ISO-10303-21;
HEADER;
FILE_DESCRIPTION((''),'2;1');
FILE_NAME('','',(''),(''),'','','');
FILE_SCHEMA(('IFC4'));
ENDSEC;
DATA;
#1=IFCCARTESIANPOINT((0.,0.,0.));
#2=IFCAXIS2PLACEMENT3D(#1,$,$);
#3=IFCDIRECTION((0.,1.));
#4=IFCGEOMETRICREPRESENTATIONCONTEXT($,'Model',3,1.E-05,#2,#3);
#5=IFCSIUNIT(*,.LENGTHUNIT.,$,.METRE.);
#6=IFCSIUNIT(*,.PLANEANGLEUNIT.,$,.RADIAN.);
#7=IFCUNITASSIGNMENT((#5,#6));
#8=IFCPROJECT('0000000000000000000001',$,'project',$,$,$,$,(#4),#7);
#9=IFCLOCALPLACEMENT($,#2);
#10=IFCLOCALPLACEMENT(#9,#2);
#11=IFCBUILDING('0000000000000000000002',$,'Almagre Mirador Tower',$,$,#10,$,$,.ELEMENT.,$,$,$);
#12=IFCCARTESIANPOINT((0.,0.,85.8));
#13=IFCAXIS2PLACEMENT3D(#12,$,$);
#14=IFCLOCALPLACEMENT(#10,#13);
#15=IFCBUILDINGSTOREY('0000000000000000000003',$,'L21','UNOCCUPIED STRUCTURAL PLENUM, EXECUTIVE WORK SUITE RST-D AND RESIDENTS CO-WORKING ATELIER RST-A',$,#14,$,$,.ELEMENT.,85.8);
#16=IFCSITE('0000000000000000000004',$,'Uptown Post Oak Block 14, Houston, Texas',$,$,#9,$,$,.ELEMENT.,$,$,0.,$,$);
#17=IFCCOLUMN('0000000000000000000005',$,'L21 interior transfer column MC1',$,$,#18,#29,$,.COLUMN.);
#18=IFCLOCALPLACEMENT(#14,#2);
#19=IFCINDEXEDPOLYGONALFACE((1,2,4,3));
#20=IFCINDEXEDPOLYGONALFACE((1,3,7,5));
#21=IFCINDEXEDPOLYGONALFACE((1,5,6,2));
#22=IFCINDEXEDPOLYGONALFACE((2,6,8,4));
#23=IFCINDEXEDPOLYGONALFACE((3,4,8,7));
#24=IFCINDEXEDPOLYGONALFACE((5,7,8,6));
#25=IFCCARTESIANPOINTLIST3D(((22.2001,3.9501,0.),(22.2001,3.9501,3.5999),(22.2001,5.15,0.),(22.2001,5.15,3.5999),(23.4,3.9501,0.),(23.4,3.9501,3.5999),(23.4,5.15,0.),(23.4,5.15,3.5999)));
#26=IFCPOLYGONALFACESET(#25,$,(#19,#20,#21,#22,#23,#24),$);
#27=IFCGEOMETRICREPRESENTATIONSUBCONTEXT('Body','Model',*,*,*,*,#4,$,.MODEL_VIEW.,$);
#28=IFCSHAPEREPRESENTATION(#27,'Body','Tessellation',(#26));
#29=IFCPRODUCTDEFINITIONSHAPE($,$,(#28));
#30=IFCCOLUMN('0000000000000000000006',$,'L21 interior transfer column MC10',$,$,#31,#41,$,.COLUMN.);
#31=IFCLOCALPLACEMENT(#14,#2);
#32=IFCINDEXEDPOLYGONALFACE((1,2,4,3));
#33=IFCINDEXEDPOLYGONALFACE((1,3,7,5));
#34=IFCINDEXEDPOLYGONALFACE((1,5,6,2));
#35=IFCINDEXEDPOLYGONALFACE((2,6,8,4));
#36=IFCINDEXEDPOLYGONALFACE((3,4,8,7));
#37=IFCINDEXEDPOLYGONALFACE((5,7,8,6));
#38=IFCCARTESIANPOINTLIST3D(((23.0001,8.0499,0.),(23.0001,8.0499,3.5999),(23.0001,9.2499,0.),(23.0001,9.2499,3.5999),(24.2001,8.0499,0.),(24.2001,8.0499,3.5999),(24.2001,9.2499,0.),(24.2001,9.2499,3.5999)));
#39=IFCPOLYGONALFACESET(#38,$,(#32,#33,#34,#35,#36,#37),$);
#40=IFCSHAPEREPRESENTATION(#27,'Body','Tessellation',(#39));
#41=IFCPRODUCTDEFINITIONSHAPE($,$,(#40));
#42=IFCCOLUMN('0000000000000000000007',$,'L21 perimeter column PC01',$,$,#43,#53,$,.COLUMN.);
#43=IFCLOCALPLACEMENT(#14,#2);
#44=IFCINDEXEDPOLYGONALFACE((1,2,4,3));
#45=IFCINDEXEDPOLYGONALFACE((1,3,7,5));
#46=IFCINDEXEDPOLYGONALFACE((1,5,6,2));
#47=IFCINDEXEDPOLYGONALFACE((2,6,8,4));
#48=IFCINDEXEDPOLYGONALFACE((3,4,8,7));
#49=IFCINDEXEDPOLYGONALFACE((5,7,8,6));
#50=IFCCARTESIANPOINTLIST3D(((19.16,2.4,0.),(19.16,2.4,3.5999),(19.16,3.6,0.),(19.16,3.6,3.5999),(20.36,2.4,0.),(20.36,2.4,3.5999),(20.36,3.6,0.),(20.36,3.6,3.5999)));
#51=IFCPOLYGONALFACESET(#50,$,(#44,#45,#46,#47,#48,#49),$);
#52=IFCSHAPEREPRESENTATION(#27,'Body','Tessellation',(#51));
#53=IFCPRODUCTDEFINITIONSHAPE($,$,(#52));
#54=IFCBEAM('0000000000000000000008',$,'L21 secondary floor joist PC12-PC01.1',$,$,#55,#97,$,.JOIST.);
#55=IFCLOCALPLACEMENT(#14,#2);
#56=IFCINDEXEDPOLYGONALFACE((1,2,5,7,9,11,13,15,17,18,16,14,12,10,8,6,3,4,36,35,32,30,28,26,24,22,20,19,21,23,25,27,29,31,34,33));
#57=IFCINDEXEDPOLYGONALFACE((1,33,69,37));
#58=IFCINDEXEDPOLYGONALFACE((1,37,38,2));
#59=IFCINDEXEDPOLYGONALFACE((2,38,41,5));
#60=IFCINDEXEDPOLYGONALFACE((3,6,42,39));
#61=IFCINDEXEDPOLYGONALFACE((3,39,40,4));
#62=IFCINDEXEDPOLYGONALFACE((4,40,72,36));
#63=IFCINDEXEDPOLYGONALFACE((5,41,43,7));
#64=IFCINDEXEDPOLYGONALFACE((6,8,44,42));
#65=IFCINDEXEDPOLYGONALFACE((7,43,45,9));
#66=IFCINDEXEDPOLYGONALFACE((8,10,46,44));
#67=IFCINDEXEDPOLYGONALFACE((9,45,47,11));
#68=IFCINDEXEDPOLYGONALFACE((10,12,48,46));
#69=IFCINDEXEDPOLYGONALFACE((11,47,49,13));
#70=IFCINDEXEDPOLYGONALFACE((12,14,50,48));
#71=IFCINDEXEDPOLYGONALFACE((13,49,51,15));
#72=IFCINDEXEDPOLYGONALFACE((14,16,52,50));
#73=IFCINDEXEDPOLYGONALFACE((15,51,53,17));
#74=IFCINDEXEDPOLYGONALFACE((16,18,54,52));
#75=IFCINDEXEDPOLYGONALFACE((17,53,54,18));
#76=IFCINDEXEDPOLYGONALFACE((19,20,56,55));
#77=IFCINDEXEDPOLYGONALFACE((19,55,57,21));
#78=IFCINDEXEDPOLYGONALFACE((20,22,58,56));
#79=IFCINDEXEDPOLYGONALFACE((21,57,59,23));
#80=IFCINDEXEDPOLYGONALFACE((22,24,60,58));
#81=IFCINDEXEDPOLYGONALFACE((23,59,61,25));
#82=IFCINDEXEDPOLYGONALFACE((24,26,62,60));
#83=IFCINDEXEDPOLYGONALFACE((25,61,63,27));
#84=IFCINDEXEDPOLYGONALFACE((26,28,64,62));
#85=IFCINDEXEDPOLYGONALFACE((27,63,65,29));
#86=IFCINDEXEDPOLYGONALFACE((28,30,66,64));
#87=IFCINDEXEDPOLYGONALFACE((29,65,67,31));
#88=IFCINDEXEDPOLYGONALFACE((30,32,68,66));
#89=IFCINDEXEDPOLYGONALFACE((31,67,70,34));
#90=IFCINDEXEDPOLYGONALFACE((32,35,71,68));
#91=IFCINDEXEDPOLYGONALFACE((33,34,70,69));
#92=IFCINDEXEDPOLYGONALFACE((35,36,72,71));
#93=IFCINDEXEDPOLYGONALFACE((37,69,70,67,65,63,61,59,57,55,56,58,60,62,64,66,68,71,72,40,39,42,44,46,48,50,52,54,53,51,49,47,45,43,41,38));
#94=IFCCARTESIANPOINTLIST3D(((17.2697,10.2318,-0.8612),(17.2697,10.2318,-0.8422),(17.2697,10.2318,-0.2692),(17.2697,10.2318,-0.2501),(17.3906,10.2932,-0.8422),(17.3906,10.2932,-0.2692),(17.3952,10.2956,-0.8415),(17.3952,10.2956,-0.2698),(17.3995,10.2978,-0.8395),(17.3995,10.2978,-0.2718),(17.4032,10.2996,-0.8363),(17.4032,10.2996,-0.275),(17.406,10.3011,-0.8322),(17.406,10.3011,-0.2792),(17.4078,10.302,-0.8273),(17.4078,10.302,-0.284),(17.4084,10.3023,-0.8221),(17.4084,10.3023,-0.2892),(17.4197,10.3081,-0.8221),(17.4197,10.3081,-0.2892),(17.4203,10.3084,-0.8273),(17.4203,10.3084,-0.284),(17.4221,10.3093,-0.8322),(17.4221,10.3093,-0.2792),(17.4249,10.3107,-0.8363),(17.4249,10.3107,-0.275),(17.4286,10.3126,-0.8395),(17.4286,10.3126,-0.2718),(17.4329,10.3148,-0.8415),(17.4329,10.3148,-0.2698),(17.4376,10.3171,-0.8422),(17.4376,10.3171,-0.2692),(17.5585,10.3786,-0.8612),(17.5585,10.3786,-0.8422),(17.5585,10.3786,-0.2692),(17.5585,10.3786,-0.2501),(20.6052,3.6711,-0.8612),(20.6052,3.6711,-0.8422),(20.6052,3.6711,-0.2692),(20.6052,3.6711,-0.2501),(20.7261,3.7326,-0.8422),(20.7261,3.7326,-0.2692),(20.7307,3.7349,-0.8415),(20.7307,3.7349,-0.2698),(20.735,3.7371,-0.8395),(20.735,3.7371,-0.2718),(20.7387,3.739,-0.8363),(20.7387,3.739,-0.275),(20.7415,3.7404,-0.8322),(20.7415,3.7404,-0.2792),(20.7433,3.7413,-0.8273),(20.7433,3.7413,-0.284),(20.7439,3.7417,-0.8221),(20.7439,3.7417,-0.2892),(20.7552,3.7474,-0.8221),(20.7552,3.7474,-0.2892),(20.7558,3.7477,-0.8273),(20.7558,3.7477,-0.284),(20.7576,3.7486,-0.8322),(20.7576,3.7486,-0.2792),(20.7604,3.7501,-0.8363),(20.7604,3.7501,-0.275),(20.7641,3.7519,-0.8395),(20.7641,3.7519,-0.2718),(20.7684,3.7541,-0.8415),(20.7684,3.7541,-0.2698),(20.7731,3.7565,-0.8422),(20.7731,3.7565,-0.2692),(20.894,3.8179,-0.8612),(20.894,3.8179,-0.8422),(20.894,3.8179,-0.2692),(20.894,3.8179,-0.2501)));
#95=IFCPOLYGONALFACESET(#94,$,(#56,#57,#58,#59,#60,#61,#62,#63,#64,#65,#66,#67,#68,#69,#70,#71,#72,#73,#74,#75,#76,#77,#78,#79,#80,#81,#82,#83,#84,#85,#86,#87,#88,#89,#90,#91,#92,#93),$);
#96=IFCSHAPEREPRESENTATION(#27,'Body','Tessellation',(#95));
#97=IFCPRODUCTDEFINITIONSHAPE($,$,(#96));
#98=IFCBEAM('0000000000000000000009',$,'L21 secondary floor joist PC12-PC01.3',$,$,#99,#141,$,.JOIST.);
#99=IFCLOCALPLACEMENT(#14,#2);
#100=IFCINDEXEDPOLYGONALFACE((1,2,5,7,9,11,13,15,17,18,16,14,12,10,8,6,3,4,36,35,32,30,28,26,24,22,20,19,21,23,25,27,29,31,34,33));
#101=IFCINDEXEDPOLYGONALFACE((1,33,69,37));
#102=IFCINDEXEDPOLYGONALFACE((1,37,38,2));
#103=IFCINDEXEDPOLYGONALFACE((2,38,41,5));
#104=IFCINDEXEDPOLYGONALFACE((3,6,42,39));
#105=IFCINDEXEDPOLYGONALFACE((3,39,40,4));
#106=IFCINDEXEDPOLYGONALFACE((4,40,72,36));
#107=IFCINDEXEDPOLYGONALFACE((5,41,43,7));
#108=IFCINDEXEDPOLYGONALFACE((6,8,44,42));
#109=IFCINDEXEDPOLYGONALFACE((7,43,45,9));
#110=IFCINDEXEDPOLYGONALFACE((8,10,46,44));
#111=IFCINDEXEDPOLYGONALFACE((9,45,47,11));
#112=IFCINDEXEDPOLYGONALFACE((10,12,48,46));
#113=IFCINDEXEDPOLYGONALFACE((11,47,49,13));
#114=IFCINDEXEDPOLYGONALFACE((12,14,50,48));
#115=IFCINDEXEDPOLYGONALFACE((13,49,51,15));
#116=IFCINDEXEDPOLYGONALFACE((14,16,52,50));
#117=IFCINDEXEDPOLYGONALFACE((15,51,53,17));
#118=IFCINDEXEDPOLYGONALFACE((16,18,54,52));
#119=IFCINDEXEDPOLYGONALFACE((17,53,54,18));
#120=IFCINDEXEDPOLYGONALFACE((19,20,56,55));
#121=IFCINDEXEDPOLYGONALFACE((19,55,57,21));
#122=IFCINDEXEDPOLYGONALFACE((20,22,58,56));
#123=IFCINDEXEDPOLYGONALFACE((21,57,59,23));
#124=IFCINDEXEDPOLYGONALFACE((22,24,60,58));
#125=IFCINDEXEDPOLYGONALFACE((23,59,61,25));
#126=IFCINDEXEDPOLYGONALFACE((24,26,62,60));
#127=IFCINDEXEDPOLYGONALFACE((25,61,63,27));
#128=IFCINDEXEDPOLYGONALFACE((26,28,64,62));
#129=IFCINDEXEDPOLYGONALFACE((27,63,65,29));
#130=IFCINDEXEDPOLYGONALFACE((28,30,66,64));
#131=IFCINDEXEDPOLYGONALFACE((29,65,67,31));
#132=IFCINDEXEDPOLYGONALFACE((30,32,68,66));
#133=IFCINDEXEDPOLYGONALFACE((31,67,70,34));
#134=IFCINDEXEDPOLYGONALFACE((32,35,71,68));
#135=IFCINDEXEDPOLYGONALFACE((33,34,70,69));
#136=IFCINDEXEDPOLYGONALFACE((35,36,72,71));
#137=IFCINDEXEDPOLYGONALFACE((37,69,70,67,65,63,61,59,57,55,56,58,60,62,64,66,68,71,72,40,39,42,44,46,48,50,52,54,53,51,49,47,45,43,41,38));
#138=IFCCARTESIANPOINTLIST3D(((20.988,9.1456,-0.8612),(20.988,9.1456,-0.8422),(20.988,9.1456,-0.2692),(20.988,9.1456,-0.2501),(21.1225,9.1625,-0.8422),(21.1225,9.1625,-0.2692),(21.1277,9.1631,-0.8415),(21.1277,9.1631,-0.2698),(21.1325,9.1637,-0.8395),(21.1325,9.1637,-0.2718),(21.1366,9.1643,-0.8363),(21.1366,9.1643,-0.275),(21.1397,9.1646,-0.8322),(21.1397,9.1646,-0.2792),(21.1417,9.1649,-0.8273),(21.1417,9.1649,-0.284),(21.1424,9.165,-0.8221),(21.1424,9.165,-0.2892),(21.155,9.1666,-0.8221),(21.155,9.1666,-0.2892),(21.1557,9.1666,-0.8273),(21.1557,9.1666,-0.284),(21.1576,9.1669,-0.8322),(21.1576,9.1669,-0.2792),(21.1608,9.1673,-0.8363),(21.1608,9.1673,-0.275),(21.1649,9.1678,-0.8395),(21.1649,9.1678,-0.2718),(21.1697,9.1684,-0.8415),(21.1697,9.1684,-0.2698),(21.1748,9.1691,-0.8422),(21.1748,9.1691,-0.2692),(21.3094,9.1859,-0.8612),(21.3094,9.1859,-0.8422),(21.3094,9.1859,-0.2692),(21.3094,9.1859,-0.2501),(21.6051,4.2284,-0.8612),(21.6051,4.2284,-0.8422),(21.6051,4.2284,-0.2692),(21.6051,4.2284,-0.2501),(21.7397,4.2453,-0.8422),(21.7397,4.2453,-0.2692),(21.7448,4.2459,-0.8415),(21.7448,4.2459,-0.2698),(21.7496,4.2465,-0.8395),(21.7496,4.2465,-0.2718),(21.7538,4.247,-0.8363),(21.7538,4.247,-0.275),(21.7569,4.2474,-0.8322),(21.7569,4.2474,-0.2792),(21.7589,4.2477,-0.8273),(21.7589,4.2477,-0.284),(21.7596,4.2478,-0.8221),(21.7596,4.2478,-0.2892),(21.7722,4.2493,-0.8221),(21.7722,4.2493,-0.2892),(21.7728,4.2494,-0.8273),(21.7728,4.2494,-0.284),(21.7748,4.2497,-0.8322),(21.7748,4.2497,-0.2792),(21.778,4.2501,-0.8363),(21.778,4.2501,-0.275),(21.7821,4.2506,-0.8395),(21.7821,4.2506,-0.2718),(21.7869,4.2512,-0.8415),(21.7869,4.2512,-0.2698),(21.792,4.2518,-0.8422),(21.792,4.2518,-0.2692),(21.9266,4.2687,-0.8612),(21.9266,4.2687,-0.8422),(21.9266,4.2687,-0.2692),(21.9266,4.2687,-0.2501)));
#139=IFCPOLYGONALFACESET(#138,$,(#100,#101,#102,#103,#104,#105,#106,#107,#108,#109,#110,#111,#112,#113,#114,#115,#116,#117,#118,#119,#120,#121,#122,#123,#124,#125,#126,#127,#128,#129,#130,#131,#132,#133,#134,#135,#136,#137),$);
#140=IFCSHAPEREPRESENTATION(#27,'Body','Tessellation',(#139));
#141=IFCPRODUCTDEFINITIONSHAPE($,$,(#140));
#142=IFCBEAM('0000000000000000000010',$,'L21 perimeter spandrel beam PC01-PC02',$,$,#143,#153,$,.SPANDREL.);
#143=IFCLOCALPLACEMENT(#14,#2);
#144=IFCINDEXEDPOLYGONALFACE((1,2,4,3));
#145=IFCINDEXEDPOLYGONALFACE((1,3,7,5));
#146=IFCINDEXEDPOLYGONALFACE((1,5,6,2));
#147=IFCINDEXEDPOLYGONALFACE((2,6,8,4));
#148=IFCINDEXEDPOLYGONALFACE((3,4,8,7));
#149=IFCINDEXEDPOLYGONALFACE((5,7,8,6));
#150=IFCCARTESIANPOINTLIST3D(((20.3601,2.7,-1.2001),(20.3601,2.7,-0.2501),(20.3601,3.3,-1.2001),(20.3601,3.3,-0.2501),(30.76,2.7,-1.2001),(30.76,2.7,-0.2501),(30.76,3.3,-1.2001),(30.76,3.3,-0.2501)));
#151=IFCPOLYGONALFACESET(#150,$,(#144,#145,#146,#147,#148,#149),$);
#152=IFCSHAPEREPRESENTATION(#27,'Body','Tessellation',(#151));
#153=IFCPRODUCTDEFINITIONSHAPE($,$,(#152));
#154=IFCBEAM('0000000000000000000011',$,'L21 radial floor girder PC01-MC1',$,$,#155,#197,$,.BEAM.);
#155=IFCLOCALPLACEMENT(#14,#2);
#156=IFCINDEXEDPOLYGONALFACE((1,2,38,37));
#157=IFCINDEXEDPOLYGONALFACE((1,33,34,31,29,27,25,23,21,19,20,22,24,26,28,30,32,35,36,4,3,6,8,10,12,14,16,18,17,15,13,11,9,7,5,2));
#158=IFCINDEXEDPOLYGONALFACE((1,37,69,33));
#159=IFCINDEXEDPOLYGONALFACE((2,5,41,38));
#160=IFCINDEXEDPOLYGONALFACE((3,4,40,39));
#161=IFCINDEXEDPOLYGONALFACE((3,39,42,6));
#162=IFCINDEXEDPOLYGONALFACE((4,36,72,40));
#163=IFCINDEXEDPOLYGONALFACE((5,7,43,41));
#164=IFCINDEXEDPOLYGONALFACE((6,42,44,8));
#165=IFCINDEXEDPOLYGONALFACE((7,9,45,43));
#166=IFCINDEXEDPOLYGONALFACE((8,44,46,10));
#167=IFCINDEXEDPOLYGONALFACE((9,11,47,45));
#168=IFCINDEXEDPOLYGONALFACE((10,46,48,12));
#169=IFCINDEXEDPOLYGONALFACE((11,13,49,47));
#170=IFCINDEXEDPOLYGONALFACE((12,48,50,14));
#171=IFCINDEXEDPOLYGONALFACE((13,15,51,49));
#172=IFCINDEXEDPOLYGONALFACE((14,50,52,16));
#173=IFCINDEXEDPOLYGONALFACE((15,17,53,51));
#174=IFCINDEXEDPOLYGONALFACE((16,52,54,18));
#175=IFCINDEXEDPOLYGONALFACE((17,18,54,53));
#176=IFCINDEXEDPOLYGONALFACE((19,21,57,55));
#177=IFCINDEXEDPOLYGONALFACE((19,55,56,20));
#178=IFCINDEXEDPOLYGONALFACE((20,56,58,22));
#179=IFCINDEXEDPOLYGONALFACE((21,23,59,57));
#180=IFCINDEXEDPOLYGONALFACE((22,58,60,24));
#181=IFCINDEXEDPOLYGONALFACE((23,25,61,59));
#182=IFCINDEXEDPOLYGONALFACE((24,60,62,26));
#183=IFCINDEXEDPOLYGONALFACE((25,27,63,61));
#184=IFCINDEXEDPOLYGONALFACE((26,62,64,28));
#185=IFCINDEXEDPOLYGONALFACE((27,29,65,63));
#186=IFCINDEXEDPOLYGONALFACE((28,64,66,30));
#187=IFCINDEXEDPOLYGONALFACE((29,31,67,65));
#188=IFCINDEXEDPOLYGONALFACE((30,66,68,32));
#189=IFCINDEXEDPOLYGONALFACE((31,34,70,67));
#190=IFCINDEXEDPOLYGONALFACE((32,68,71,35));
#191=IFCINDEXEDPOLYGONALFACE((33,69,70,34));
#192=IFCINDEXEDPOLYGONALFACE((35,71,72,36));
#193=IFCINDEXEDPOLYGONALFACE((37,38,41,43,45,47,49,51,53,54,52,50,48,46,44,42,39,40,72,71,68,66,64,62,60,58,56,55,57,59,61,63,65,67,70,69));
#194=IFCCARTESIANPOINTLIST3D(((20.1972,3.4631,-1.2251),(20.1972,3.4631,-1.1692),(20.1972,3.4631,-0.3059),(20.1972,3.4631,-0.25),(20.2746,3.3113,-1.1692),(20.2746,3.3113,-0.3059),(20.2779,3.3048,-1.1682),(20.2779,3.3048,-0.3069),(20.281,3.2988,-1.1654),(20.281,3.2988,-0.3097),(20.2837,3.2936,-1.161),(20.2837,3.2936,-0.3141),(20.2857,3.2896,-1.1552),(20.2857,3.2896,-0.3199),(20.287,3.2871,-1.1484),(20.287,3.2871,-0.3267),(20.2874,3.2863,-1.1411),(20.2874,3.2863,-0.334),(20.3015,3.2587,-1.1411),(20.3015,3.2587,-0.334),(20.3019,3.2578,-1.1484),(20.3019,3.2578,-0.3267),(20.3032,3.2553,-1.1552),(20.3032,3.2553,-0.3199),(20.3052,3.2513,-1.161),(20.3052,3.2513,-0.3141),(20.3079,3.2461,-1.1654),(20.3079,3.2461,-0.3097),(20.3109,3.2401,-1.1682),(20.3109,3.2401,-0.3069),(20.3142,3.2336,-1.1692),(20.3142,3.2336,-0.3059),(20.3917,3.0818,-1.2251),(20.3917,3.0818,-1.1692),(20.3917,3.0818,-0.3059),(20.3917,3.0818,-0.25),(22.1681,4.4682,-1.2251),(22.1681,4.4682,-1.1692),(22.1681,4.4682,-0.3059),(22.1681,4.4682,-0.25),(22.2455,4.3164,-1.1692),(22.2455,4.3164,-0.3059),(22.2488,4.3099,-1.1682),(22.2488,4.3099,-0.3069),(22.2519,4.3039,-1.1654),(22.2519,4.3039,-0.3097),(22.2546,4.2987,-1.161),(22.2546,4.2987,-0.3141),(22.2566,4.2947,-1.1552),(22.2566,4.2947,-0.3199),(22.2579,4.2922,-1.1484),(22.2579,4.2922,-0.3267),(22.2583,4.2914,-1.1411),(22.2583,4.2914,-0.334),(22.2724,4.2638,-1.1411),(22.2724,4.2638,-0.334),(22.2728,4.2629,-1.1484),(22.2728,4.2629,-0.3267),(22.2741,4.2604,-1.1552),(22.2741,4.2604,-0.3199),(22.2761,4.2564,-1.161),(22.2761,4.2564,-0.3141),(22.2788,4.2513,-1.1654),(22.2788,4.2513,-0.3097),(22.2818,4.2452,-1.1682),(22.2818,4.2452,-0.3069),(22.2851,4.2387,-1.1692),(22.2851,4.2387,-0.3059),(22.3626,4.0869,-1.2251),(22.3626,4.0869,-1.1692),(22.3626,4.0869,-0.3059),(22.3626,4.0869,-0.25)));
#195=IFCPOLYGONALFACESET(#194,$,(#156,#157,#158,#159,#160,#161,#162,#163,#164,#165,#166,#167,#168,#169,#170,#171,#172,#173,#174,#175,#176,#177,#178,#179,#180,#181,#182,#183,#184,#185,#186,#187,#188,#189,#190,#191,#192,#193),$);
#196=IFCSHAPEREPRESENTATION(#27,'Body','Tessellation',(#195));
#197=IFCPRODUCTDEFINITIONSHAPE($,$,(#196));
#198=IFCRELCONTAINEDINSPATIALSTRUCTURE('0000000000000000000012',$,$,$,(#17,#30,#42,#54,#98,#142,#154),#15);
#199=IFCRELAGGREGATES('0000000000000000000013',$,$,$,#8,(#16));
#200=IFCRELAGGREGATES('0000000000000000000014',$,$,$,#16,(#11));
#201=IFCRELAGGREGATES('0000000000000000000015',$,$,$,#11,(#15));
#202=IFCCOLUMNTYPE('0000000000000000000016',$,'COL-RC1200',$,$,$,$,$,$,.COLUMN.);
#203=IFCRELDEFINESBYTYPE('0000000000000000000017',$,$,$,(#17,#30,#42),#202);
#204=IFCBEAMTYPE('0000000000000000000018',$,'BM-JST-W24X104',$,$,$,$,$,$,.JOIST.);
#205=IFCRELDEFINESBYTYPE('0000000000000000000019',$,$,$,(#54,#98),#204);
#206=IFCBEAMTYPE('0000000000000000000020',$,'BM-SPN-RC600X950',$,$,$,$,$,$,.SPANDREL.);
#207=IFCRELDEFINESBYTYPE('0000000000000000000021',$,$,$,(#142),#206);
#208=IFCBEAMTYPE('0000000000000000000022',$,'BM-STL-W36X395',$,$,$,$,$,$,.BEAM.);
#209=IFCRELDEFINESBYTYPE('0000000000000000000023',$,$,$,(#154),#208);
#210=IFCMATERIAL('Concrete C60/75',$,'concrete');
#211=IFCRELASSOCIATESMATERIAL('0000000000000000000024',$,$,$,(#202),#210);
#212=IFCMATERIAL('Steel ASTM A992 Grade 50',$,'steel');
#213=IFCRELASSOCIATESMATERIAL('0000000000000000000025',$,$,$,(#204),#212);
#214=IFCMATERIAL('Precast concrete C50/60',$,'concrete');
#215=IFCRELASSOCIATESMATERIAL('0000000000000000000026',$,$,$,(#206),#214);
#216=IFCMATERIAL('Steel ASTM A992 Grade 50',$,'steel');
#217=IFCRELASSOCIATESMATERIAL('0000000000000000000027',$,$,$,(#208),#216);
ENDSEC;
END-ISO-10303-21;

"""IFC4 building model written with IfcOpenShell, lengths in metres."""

from ifc_helpers import new_model, si_unit, direction, frame, origin, origin_2d, place, context, subcontext, project, spatial, rectangle, i_section, extrude, material, material_profile, profile_set, type_object, element, save


model = new_model("IFC4")

# Units and contexts
model_context = context("Model", 3, precision=1e-05, world=origin(), true_north=direction((0.0, 1.0)))
body_context = subcontext(model_context, "Body", "Model", "MODEL_VIEW")
ifc_project = project(units=[si_unit("LENGTHUNIT", "METRE"), si_unit("PLANEANGLEUNIT", "RADIAN")], contexts=[model_context])

# Site, building, storey
site_placement = place(None, origin())
site = spatial("IfcSite", under=ifc_project, at=site_placement, Name="Uptown Post Oak Block 14, Houston, Texas", CompositionType="ELEMENT", RefElevation=0.0)
building_placement = place(site_placement, origin())
building = spatial("IfcBuilding", under=site, at=building_placement, Name="Almagre Mirador Tower", CompositionType="ELEMENT")
storey_placement = place(building_placement, frame((0.0, 0.0, 85.8)))
storey = spatial("IfcBuildingStorey", under=building, at=storey_placement, Name="L21", Description="UNOCCUPIED STRUCTURAL PLENUM, EXECUTIVE WORK SUITE RST-D AND RESIDENTS CO-WORKING ATELIER RST-A", CompositionType="ELEMENT", Elevation=85.8)

# Columns
ifc_material_1 = material(Name="Concrete C60/75", Category="concrete")
ifc_material_profile_1 = material_profile(ifc_material_1, rectangle(XDim=1.2, YDim=1.2, at=origin_2d()), Name="RC1200X1200")
ifc_profile_set_1 = profile_set([ifc_material_profile_1], Name="Concrete C60/75")
column_type = type_object("IfcColumnType", Name="COL-RC1200", PredefinedType="COLUMN", material=ifc_profile_set_1)
for number, where, z_axis, x_axis, name in (
    (1, (22.8, 4.55, 0.0), (0.0, 0.0, 1.0), (1.0, 0.0, 0.0), "L21 interior transfer column MC1"),
    (2, (23.6001, 8.6499, 0.0), (0.0, 0.0, 1.0), (1.0, 0.0, 0.0), "L21 interior transfer column MC10"),
    (3, (19.76, 3.0, 0.0), (0.0, 0.0, 1.0), (1.0, 0.0, 0.0), "L21 perimeter column PC01"),
):
    element("IfcColumn", number, at=place(storey_placement, frame(where, z_axis=z_axis, x_axis=x_axis)), inside=storey, type_object=column_type, Name=name, PredefinedType="COLUMN", context=body_context, shape_type="SweptSolid", body=[
        extrude(rectangle(XDim=1.2, YDim=1.2, at=origin_2d()), origin(), (0.0, 0.0, 1.0), 3.5999),
    ])

# Beams
ifc_material_2 = material(Name="Steel ASTM A992 Grade 50", Category="steel")
ifc_material_profile_2 = material_profile(ifc_material_2, i_section(OverallWidth=0.324, OverallDepth=0.6111, WebThickness=0.0127, FlangeThickness=0.019, FilletRadius=0.02, at=origin_2d()), Name="W24X104")
ifc_profile_set_2 = profile_set([ifc_material_profile_2], Name="Steel ASTM A992 Grade 50")
beam_type_1 = type_object("IfcBeamType", Name="BM-JST-W24X104", PredefinedType="JOIST", material=ifc_profile_set_2)
beam_1_placement = place(storey_placement, frame((17.4141, 10.3052, -0.5557), z_axis=(0.453201, -0.891408, 0.0), x_axis=(0.891408, 0.453201, 0.0)))
element("IfcBeam", 4, at=beam_1_placement, inside=storey, type_object=beam_type_1, Name="L21 secondary floor joist PC12-PC01.1", PredefinedType="JOIST", context=body_context, shape_type="SweptSolid", body=[
    extrude(i_section(OverallWidth=0.324, OverallDepth=0.6111, WebThickness=0.0127, FlangeThickness=0.019, FilletRadius=0.02, at=origin_2d()), origin(), (0.0, 0.0, 1.0), 7.3599),
])
beam_2_placement = place(storey_placement, frame((21.1487, 9.1658, -0.5557), z_axis=(0.124538, -0.992215, 0.0), x_axis=(0.992215, 0.124538, 0.0)))
element("IfcBeam", 5, at=beam_2_placement, inside=storey, type_object=beam_type_1, Name="L21 secondary floor joist PC12-PC01.3", PredefinedType="JOIST", context=body_context, shape_type="SweptSolid", body=[
    extrude(i_section(OverallWidth=0.324, OverallDepth=0.6111, WebThickness=0.0127, FlangeThickness=0.019, FilletRadius=0.02, at=origin_2d()), origin(), (0.0, 0.0, 1.0), 4.9558),
])
ifc_material_3 = material(Name="Precast concrete C50/60", Category="concrete")
ifc_material_profile_3 = material_profile(ifc_material_3, rectangle(XDim=0.6001, YDim=0.95, at=origin_2d()), Name="RC600X950")
ifc_profile_set_3 = profile_set([ifc_material_profile_3], Name="Precast concrete C50/60")
beam_type_2 = type_object("IfcBeamType", Name="BM-SPN-RC600X950", PredefinedType="SPANDREL", material=ifc_profile_set_3)
beam_3_placement = place(storey_placement, frame((20.3601, 3.0, -0.7251), z_axis=(1.0, 0.0, 0.0), x_axis=(0.0, 1.0, 0.0)))
element("IfcBeam", 6, at=beam_3_placement, inside=storey, type_object=beam_type_2, Name="L21 perimeter spandrel beam PC01-PC02", PredefinedType="SPANDREL", context=body_context, shape_type="SweptSolid", body=[
    extrude(rectangle(XDim=0.6001, YDim=0.95, at=origin_2d()), origin(), (0.0, 0.0, 1.0), 10.3999),
])
ifc_material_4 = material(Name="Steel ASTM A992 Grade 50", Category="steel")
ifc_material_profile_4 = material_profile(ifc_material_4, i_section(OverallWidth=0.428, OverallDepth=0.9751, WebThickness=0.031, FlangeThickness=0.0559, FilletRadius=0.0281, at=origin_2d()), Name="W36X395")
ifc_profile_set_4 = profile_set([ifc_material_profile_4], Name="Steel ASTM A992 Grade 50")
beam_type_3 = type_object("IfcBeamType", Name="BM-STL-W36X395", PredefinedType="BEAM", material=ifc_profile_set_4)
beam_4_placement = place(storey_placement, frame((20.2944, 3.2725, -0.7375), z_axis=(0.890846, 0.454306, 0.0), x_axis=(-0.454306, 0.890846, 0.0)))
element("IfcBeam", 7, at=beam_4_placement, inside=storey, type_object=beam_type_3, Name="L21 radial floor girder PC01-MC1", PredefinedType="BEAM", context=body_context, shape_type="SweptSolid", body=[
    extrude(i_section(OverallWidth=0.428, OverallDepth=0.9751, WebThickness=0.031, FlangeThickness=0.0559, FilletRadius=0.0281, at=origin_2d()), origin(), (0.0, 0.0, 1.0), 2.2124),
])

save(model, "model.ifc")
